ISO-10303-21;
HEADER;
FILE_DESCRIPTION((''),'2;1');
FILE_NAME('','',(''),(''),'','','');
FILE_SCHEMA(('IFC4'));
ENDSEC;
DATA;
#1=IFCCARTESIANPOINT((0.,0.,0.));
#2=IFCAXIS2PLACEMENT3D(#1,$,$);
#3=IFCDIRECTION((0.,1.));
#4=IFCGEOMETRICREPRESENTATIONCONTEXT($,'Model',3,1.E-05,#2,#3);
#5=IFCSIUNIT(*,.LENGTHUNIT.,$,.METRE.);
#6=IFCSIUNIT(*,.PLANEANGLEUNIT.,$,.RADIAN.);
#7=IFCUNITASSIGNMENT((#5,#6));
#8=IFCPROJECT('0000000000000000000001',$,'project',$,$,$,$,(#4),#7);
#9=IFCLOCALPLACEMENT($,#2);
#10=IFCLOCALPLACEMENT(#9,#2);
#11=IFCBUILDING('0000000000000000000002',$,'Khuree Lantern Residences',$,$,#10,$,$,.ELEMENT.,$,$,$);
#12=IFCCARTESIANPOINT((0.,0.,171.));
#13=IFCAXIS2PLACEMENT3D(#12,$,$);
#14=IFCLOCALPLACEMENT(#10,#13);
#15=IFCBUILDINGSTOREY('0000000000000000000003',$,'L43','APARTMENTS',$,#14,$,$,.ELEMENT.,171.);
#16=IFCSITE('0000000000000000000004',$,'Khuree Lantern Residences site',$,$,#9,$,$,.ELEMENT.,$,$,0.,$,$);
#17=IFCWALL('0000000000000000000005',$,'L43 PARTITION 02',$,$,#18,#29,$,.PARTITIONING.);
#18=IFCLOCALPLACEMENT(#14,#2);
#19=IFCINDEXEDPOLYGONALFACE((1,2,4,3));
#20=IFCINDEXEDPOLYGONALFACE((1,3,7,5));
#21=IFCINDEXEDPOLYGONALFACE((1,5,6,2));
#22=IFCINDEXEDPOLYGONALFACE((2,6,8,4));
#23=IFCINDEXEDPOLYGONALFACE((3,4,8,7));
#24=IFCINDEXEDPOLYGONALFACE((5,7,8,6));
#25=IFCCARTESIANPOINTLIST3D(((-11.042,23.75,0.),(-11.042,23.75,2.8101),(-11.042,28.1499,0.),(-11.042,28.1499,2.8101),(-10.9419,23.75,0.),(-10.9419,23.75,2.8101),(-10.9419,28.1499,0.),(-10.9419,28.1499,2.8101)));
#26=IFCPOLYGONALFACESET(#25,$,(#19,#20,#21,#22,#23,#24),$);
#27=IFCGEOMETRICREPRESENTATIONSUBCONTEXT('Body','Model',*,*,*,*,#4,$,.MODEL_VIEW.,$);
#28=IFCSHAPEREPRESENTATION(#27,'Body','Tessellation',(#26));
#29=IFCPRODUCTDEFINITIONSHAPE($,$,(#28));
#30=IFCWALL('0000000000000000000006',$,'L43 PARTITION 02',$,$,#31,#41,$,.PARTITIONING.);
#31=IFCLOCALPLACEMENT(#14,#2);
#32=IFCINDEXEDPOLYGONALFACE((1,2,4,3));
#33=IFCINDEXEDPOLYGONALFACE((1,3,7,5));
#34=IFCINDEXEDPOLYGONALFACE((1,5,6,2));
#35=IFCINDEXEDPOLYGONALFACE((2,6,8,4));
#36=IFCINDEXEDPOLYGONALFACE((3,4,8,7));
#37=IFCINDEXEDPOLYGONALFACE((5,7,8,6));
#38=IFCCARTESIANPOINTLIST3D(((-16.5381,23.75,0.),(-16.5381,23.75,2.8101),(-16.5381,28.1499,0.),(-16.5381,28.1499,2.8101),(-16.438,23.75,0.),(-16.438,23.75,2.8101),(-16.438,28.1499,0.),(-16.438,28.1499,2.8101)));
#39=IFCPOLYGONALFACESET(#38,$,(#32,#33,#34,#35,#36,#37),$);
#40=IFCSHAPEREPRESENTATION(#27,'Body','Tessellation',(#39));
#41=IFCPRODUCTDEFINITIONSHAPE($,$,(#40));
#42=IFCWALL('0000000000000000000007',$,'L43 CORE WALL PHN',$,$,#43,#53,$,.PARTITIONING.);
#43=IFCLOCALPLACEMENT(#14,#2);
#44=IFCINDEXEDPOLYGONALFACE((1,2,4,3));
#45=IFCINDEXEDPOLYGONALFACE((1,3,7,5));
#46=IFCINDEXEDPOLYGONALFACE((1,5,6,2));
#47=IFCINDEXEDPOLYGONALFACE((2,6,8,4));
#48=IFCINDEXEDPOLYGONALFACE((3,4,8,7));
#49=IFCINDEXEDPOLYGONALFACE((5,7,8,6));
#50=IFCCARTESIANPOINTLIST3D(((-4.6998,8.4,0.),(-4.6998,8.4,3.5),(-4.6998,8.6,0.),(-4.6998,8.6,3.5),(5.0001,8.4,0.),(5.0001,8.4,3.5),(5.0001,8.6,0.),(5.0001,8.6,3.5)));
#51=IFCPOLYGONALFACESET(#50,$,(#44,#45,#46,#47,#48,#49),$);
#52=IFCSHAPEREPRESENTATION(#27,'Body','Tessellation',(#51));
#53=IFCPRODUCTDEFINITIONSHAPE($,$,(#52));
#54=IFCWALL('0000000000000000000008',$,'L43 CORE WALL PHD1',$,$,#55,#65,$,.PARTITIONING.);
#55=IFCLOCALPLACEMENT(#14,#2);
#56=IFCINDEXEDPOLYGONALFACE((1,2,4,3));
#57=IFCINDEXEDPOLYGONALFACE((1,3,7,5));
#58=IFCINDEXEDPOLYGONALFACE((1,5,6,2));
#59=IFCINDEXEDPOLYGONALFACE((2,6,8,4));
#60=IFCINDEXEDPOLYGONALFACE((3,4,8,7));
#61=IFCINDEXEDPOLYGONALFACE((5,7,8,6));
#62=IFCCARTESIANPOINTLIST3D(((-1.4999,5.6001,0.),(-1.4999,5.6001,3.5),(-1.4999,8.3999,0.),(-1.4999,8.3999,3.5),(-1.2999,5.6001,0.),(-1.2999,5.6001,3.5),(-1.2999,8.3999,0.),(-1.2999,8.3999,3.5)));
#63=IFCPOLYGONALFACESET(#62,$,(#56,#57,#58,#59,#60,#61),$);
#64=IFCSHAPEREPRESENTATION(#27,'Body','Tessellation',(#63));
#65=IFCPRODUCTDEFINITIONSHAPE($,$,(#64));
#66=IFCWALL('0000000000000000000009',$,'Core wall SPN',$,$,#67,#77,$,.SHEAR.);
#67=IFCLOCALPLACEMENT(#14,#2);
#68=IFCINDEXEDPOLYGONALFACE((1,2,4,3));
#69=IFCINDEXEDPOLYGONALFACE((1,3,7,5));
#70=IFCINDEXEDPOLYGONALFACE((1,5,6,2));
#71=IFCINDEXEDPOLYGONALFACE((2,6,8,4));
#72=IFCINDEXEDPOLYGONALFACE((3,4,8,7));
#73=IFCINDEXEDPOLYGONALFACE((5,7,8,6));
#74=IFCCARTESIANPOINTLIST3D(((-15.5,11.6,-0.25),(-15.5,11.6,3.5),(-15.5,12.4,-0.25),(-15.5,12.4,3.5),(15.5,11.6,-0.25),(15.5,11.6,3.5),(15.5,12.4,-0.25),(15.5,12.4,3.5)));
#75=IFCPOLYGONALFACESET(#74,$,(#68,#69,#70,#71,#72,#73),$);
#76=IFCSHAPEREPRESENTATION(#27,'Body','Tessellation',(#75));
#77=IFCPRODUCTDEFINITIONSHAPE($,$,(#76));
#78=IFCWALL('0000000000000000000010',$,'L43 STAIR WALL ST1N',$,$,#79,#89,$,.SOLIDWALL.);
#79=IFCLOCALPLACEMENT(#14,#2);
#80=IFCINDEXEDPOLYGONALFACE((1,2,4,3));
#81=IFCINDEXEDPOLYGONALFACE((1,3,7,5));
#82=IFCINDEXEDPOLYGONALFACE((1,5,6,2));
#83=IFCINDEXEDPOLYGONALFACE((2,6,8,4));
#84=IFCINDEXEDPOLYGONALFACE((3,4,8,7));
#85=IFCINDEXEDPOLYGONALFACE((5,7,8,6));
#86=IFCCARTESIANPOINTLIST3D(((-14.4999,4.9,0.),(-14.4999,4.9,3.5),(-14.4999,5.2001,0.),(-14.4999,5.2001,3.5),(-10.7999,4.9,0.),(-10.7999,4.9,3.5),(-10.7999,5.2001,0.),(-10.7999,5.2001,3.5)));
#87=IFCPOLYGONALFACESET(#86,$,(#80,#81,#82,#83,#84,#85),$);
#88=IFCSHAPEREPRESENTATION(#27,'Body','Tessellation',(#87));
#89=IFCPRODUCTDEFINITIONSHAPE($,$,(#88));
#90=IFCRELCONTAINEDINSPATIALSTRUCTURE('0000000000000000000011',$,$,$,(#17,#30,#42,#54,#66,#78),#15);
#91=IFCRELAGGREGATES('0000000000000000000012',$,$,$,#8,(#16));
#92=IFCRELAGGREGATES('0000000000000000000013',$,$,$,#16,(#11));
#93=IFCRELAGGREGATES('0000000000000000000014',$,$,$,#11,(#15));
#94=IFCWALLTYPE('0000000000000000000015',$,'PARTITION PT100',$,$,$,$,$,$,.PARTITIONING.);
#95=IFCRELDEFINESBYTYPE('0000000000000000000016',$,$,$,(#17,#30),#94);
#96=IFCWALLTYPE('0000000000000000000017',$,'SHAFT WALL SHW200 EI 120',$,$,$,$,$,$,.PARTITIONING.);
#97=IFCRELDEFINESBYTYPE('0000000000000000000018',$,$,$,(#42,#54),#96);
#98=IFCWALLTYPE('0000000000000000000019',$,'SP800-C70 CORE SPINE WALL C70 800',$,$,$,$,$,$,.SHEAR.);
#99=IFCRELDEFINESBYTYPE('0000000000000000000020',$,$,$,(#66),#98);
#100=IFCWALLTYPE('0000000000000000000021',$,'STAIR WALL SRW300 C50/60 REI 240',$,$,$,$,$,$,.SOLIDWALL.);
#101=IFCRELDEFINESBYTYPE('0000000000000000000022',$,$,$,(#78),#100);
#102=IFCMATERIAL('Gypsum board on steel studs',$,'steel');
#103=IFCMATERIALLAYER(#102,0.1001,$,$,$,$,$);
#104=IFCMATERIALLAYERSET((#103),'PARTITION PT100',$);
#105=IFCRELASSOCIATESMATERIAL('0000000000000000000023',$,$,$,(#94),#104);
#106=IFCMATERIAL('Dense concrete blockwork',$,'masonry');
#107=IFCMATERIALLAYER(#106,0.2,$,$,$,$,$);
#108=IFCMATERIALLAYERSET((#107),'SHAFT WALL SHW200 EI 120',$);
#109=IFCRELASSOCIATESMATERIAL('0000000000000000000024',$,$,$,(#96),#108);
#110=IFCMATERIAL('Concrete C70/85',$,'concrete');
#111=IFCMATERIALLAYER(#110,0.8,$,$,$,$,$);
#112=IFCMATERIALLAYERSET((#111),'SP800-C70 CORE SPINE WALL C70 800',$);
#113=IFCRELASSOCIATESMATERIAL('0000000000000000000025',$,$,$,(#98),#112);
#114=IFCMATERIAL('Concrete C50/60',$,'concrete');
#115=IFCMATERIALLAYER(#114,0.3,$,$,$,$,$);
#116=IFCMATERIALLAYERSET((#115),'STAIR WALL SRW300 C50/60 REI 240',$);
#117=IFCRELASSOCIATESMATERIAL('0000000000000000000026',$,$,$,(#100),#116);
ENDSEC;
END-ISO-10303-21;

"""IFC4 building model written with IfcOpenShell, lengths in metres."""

from ifc_helpers import new_model, si_unit, direction, frame, frame_2d, origin, place, context, subcontext, project, spatial, rectangle, extrude, material, layer, layer_set, type_object, element, save


model = new_model("IFC4")

# Units and contexts
model_context = context("Model", 3, precision=1e-05, world=origin(), true_north=direction((0.0, 1.0)))
body_context = subcontext(model_context, "Body", "Model", "MODEL_VIEW")
ifc_project = project(units=[si_unit("LENGTHUNIT", "METRE"), si_unit("PLANEANGLEUNIT", "RADIAN")], contexts=[model_context])

# Site, building, storey
site_placement = place(None, origin())
site = spatial("IfcSite", under=ifc_project, at=site_placement, Name="Khuree Lantern Residences site", CompositionType="ELEMENT", RefElevation=0.0)
building_placement = place(site_placement, origin())
building = spatial("IfcBuilding", under=site, at=building_placement, Name="Khuree Lantern Residences", CompositionType="ELEMENT")
storey_placement = place(building_placement, frame((0.0, 0.0, 171.0)))
storey = spatial("IfcBuildingStorey", under=building, at=storey_placement, Name="L43", Description="APARTMENTS", CompositionType="ELEMENT", Elevation=171.0)

# Shared definitions
ifc_material_1 = material(Name="Concrete C70/85", Category="concrete")

# Shared definitions
ifc_material_2 = material(Name="Dense concrete blockwork", Category="masonry")

# Shared definitions
ifc_material_3 = material(Name="Gypsum board on steel studs", Category="steel")

# Walls
ifc_layer_1 = layer(ifc_material_3, 0.1001)
ifc_layer_set_1 = layer_set([ifc_layer_1], Name="PARTITION PT100")
wall_type_1 = type_object("IfcWallType", Name="PARTITION PT100", PredefinedType="PARTITIONING", material=ifc_layer_set_1)
for number, where, z_axis, x_axis, name in (
    (1, (-10.9919, 23.75, 0.0), (0.0, 0.0, 1.0), (0.0, 1.0, 0.0), "L43 PARTITION 02"),
    (2, (-16.488, 23.75, 0.0), (0.0, 0.0, 1.0), (0.0, 1.0, 0.0), "L43 PARTITION 02"),
):
    element("IfcWall", number, at=place(storey_placement, frame(where, z_axis=z_axis, x_axis=x_axis)), inside=storey, type_object=wall_type_1, Name=name, PredefinedType="PARTITIONING", context=body_context, shape_type="SweptSolid", body=[
        extrude(rectangle(XDim=4.3999, YDim=0.1001, at=frame_2d((2.2, 0.0))), origin(), (0.0, 0.0, 1.0), 2.8101),
    ])
ifc_layer_2 = layer(ifc_material_2, 0.2)
ifc_layer_set_2 = layer_set([ifc_layer_2], Name="SHAFT WALL SHW200 EI 120")
wall_type_2 = type_object("IfcWallType", Name="SHAFT WALL SHW200 EI 120", PredefinedType="PARTITIONING", material=ifc_layer_set_2)
wall_1_placement = place(storey_placement, frame((-4.7, 8.5, 0.0), z_axis=(0.0, 0.0, 1.0), x_axis=(1.0, 0.0, 0.0)))
element("IfcWall", 3, at=wall_1_placement, inside=storey, type_object=wall_type_2, Name="L43 CORE WALL PHN", PredefinedType="PARTITIONING", context=body_context, shape_type="SweptSolid", body=[
    extrude(rectangle(XDim=9.7, YDim=0.2, at=frame_2d((4.8501, 0.0))), origin(), (0.0, 0.0, 1.0), 3.5),
])
wall_2_placement = place(storey_placement, frame((-1.3999, 5.6001, 0.0), z_axis=(0.0, 0.0, 1.0), x_axis=(0.0, 1.0, 0.0)))
element("IfcWall", 4, at=wall_2_placement, inside=storey, type_object=wall_type_2, Name="L43 CORE WALL PHD1", PredefinedType="PARTITIONING", context=body_context, shape_type="SweptSolid", body=[
    extrude(rectangle(XDim=2.7998, YDim=0.2, at=frame_2d((1.3999, 0.0))), origin(), (0.0, 0.0, 1.0), 3.5),
])
ifc_layer_3 = layer(ifc_material_1, 0.8)
ifc_layer_set_3 = layer_set([ifc_layer_3], Name="SP800-C70 CORE SPINE WALL C70 800")
wall_type_3 = type_object("IfcWallType", Name="SP800-C70 CORE SPINE WALL C70 800", PredefinedType="SHEAR", material=ifc_layer_set_3)
wall_3_placement = place(storey_placement, frame((-15.5, 12.0, -0.25), z_axis=(0.0, 0.0, 1.0), x_axis=(1.0, 0.0, 0.0)))
element("IfcWall", 5, at=wall_3_placement, inside=storey, type_object=wall_type_3, Name="Core wall SPN", PredefinedType="SHEAR", context=body_context, shape_type="SweptSolid", body=[
    extrude(rectangle(XDim=31.0, YDim=0.8, at=frame_2d((15.5, 0.0))), origin(), (0.0, 0.0, 1.0), 3.75),
])
ifc_material_4 = material(Name="Concrete C50/60", Category="concrete")
ifc_layer_4 = layer(ifc_material_4, 0.3)
ifc_layer_set_4 = layer_set([ifc_layer_4], Name="STAIR WALL SRW300 C50/60 REI 240")
wall_type_4 = type_object("IfcWallType", Name="STAIR WALL SRW300 C50/60 REI 240", PredefinedType="SOLIDWALL", material=ifc_layer_set_4)
wall_4_placement = place(storey_placement, frame((-14.5, 5.05, 0.0), z_axis=(0.0, 0.0, 1.0), x_axis=(1.0, 0.0, 0.0)))
element("IfcWall", 6, at=wall_4_placement, inside=storey, type_object=wall_type_4, Name="L43 STAIR WALL ST1N", PredefinedType="SOLIDWALL", context=body_context, shape_type="SweptSolid", body=[
    extrude(rectangle(XDim=3.7, YDim=0.3, at=frame_2d((1.8501, 0.0))), origin(), (0.0, 0.0, 1.0), 3.5),
])

save(model, "model.ifc")
